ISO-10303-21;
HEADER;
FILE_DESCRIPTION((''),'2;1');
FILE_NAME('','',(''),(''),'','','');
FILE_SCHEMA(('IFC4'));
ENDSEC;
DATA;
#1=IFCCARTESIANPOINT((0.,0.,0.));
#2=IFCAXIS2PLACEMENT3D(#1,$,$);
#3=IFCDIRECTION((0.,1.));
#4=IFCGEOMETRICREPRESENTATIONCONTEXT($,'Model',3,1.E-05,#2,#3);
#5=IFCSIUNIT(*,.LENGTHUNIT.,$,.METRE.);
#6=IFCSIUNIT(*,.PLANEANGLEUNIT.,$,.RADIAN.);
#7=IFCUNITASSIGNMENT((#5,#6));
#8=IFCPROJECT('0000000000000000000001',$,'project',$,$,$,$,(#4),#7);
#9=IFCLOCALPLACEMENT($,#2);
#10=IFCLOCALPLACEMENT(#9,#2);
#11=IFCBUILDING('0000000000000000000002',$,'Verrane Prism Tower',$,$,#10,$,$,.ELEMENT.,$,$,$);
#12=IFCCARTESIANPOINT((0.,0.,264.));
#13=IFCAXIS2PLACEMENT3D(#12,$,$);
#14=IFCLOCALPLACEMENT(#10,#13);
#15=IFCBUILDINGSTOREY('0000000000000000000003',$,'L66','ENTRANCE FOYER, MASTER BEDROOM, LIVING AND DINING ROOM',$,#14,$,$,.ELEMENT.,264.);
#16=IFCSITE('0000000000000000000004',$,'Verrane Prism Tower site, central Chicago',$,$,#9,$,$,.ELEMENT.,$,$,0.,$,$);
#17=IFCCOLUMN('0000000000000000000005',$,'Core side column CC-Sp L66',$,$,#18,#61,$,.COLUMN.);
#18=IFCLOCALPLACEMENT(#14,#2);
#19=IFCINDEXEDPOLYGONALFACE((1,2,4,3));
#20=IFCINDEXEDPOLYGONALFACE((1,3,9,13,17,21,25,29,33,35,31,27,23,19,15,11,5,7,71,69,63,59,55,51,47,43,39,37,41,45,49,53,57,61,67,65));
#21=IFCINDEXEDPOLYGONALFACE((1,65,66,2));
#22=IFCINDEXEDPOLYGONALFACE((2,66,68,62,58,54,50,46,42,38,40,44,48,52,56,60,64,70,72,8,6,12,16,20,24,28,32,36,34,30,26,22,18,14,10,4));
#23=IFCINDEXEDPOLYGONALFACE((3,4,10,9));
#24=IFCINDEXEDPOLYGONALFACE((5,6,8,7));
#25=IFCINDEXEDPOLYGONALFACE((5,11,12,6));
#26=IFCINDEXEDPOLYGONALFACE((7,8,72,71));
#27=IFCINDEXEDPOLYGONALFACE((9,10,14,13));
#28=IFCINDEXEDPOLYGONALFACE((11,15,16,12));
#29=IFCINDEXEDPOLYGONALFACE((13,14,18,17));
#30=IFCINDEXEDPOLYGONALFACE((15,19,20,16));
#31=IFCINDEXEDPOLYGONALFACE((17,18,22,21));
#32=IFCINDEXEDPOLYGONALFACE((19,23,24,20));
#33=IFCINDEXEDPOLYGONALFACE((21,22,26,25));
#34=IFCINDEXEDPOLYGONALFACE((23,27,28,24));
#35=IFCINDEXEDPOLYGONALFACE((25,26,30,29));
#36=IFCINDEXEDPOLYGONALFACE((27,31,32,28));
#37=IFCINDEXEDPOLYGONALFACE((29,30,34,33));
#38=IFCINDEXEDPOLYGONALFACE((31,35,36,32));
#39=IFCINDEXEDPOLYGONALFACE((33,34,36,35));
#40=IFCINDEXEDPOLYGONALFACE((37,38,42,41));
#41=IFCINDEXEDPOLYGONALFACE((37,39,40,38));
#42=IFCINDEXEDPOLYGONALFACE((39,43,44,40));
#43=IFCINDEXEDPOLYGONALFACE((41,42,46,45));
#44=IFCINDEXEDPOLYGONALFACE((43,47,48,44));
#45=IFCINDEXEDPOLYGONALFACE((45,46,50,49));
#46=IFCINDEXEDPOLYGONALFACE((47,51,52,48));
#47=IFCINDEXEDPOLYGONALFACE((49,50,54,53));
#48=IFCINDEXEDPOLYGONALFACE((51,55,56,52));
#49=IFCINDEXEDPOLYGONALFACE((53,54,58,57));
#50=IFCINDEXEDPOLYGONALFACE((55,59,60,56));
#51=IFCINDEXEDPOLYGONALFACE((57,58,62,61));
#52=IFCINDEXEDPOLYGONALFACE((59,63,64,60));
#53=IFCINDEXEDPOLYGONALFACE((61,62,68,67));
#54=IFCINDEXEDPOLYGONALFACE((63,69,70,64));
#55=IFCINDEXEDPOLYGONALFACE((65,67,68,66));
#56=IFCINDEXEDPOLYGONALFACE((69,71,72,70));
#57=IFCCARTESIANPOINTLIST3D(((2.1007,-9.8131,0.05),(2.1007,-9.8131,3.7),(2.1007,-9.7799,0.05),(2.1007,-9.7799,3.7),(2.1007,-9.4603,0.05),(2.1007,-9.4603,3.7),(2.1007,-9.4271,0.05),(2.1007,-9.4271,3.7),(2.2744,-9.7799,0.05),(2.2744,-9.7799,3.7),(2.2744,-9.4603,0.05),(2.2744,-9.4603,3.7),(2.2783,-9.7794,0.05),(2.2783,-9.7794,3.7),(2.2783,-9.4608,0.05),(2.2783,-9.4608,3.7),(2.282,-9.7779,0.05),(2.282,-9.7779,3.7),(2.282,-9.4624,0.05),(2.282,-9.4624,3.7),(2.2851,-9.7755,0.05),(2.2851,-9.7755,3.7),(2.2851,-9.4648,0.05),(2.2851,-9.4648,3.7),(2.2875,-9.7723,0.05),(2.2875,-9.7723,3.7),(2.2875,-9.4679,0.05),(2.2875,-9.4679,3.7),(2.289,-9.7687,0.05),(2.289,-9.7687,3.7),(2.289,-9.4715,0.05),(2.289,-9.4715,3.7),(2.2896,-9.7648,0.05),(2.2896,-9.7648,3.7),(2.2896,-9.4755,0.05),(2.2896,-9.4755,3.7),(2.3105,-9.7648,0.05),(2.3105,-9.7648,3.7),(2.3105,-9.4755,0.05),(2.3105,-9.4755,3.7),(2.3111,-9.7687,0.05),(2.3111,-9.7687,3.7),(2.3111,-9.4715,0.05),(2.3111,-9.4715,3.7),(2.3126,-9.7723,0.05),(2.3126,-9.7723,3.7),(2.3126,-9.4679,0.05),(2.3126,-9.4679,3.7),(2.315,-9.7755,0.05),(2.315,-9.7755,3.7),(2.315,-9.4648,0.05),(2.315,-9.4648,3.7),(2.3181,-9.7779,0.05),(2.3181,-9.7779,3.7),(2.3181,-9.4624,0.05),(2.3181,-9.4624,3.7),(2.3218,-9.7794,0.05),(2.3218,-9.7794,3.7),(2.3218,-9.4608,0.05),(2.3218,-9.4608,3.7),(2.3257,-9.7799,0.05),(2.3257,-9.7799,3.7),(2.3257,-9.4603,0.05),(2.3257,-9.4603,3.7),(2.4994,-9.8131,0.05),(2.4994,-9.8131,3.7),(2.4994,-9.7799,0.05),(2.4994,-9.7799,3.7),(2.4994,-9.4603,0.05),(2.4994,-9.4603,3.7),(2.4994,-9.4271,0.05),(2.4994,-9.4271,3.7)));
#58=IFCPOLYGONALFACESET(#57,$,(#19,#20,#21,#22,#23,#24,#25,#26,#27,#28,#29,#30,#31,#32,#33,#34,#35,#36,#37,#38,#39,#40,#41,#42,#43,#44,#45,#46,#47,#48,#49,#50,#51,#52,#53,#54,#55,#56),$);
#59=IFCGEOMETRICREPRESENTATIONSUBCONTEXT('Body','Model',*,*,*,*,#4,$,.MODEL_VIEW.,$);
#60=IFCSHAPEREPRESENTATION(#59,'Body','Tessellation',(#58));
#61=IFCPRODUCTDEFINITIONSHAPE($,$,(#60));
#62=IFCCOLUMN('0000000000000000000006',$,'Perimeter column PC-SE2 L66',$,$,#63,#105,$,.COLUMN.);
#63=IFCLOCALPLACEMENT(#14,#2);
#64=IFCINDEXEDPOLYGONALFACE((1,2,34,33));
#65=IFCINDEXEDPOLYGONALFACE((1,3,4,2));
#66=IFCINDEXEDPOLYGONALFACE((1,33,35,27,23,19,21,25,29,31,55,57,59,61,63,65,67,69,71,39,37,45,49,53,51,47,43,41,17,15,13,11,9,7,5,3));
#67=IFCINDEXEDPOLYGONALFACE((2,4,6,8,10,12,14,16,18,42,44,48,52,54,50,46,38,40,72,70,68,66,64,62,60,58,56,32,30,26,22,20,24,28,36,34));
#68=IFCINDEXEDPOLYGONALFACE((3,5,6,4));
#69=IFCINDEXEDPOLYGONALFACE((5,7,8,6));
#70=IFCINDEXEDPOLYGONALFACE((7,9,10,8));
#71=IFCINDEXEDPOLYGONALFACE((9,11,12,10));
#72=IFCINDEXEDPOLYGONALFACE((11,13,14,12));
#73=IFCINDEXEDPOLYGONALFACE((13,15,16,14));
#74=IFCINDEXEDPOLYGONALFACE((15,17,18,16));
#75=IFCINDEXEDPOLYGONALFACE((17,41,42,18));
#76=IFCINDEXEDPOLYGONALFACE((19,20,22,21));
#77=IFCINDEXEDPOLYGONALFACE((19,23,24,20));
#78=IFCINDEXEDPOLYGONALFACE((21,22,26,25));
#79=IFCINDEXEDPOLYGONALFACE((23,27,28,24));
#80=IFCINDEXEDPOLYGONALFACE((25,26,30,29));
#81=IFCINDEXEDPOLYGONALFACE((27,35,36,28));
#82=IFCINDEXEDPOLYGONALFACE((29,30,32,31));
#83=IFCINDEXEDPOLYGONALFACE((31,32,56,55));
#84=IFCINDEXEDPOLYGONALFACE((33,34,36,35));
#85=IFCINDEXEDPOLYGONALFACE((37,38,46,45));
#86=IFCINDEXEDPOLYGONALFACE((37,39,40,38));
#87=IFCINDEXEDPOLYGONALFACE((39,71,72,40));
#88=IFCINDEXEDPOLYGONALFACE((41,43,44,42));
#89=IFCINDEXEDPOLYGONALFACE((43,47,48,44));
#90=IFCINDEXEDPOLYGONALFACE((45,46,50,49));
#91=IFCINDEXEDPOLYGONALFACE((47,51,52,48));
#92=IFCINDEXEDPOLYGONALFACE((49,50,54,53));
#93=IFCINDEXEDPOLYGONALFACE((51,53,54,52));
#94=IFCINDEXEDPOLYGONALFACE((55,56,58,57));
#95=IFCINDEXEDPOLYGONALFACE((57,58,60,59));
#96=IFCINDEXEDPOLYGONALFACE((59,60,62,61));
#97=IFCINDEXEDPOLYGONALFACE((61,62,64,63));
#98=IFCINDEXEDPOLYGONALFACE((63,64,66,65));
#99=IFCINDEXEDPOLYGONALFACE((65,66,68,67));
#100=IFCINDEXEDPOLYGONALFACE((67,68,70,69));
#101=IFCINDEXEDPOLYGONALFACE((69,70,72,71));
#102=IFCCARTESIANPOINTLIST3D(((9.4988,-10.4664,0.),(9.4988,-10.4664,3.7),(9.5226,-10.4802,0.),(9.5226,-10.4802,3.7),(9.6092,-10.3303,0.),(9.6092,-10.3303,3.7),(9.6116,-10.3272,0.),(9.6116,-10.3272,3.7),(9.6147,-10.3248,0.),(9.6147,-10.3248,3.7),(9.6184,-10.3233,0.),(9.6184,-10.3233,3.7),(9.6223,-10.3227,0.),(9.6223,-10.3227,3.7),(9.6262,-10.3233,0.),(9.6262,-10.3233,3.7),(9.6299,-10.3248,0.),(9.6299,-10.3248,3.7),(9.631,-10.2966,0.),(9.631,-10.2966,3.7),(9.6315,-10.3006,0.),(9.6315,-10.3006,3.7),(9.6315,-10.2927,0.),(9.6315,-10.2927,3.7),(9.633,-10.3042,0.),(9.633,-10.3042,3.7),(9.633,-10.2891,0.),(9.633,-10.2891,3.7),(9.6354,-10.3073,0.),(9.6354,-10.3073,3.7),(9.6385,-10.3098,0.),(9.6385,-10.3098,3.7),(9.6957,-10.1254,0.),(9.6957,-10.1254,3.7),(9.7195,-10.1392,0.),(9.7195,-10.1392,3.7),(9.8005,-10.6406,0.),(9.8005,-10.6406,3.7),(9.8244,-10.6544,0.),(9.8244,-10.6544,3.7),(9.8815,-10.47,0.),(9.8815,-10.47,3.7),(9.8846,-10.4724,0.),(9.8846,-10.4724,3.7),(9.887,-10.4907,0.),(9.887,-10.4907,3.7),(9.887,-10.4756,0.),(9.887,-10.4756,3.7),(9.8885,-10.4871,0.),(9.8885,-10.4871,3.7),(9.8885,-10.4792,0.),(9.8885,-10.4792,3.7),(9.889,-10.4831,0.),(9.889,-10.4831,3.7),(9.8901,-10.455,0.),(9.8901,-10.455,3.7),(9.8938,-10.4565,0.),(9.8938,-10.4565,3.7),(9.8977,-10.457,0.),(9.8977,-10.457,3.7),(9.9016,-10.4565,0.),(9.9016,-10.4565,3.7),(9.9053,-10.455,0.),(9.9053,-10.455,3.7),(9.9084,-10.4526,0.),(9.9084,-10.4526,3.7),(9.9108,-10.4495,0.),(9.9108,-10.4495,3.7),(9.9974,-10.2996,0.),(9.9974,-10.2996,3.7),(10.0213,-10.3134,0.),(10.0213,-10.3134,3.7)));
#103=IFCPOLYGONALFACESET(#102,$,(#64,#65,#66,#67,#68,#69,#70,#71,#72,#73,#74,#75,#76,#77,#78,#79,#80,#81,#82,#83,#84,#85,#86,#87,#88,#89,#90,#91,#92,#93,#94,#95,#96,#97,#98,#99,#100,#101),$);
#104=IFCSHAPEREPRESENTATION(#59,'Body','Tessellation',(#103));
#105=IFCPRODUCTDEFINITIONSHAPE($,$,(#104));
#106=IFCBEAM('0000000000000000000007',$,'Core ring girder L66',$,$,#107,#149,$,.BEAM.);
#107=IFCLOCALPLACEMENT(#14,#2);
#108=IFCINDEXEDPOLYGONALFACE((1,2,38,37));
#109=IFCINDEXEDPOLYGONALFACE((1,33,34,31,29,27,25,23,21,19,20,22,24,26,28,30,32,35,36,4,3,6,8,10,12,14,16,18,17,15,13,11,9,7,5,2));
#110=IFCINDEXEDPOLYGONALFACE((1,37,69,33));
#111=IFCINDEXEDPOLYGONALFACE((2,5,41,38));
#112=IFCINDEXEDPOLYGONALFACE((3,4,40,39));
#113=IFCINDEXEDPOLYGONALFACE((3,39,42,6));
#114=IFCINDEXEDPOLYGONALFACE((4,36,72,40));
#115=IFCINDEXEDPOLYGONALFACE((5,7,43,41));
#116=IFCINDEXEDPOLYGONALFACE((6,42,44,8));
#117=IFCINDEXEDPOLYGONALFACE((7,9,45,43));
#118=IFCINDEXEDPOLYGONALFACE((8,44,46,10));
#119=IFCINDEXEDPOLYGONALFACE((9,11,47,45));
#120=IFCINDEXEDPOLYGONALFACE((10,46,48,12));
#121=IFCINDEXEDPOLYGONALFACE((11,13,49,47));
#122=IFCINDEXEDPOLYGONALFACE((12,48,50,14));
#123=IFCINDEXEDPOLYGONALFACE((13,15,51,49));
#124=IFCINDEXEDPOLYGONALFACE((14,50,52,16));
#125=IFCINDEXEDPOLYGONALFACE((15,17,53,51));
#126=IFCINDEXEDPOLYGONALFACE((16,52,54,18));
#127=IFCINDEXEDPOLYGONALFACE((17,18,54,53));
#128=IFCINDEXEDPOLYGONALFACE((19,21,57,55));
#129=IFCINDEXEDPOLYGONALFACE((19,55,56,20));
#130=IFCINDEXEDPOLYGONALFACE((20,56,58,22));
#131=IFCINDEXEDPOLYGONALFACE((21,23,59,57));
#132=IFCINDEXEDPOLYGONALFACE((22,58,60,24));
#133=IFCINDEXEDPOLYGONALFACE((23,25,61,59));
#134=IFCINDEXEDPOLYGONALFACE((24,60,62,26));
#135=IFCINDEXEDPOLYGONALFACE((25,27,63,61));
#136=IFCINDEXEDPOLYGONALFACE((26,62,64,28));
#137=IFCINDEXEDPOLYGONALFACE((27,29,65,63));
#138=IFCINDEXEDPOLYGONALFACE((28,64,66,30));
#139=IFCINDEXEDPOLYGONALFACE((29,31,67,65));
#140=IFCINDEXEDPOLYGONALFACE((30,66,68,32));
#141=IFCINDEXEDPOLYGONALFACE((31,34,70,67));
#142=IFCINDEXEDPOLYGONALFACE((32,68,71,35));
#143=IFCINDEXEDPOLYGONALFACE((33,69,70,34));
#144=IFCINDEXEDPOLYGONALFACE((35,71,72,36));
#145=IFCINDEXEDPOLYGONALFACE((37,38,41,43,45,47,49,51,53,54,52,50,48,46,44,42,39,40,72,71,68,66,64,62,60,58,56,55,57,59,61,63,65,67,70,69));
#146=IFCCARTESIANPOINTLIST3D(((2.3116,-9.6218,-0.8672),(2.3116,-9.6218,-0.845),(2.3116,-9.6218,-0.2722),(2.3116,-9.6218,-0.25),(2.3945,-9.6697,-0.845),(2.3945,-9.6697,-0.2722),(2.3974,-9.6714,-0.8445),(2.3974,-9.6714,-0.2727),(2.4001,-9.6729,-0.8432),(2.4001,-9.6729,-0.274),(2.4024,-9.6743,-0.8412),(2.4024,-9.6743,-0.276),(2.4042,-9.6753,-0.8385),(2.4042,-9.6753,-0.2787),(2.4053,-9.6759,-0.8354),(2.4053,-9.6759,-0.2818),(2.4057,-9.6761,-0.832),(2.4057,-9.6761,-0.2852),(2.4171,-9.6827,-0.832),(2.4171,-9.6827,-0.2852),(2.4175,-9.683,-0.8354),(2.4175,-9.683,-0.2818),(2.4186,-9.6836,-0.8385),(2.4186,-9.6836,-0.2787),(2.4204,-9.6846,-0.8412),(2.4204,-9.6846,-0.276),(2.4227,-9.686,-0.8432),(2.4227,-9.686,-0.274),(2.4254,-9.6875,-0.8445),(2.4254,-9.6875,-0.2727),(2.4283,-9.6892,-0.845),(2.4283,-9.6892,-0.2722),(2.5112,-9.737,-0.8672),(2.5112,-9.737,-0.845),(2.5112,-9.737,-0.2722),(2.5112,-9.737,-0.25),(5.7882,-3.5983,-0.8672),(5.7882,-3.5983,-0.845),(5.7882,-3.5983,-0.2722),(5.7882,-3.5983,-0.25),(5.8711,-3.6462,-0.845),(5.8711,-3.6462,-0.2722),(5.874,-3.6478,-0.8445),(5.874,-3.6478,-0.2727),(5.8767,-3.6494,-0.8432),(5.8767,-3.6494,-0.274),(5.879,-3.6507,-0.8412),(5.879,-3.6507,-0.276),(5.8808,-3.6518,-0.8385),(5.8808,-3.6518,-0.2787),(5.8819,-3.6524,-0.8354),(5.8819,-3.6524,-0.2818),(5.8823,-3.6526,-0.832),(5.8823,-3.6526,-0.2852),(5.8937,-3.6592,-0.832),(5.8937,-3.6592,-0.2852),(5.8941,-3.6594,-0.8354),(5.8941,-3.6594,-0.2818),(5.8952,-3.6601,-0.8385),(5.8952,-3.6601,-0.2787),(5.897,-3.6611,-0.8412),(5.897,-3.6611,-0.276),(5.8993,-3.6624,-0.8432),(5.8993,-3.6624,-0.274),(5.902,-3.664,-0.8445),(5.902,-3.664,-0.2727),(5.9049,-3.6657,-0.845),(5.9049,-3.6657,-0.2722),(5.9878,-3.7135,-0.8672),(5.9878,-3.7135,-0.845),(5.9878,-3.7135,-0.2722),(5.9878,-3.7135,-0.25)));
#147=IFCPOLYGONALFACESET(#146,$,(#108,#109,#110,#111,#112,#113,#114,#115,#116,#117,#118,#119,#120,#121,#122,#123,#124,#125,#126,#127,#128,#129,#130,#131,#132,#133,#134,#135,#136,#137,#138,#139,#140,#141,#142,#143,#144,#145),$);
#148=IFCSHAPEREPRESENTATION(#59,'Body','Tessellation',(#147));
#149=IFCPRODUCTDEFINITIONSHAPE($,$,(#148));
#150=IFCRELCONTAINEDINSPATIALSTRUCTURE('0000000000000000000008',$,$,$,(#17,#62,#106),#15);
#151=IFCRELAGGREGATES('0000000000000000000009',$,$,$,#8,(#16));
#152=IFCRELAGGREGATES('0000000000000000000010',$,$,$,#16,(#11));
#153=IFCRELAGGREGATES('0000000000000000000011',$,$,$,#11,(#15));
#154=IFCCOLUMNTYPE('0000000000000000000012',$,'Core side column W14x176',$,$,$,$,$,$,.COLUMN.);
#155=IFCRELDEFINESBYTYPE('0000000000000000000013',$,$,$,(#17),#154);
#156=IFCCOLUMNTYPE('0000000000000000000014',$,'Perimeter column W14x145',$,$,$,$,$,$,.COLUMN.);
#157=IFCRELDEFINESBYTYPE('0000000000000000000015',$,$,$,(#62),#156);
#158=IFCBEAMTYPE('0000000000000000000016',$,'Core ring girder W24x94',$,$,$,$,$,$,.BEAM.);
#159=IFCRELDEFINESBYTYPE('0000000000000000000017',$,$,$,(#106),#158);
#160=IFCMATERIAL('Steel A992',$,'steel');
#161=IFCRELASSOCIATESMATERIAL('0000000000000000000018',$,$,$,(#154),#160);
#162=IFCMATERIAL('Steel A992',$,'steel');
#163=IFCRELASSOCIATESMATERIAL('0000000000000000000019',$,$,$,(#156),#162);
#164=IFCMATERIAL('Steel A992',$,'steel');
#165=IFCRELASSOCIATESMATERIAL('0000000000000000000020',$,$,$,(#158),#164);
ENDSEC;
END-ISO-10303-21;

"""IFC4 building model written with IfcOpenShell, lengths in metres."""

from ifc_helpers import new_model, si_unit, direction, frame, origin, origin_2d, place, context, subcontext, project, spatial, i_section, extrude, material, material_profile, profile_set, type_object, element, save


model = new_model("IFC4")

# Units and contexts
model_context = context("Model", 3, precision=1e-05, world=origin(), true_north=direction((0.0, 1.0)))
body_context = subcontext(model_context, "Body", "Model", "MODEL_VIEW")
ifc_project = project(units=[si_unit("LENGTHUNIT", "METRE"), si_unit("PLANEANGLEUNIT", "RADIAN")], contexts=[model_context])

# Site, building, storey
site_placement = place(None, origin())
site = spatial("IfcSite", under=ifc_project, at=site_placement, Name="Verrane Prism Tower site, central Chicago", CompositionType="ELEMENT", RefElevation=0.0)
building_placement = place(site_placement, origin())
building = spatial("IfcBuilding", under=site, at=building_placement, Name="Verrane Prism Tower", CompositionType="ELEMENT")
storey_placement = place(building_placement, frame((0.0, 0.0, 264.0)))
storey = spatial("IfcBuildingStorey", under=building, at=storey_placement, Name="L66", Description="ENTRANCE FOYER, MASTER BEDROOM, LIVING AND DINING ROOM", CompositionType="ELEMENT", Elevation=264.0)

# Columns
ifc_material_1 = material(Name="Steel A992", Category="steel")
ifc_material_profile_1 = material_profile(ifc_material_1, i_section(OverallWidth=0.3987, OverallDepth=0.386, WebThickness=0.021, FlangeThickness=0.0332, FilletRadius=0.0151, at=origin_2d()), Name="W14x176")
ifc_profile_set_1 = profile_set([ifc_material_profile_1], Name="Steel A992")
column_type_1 = type_object("IfcColumnType", Name="Core side column W14x176", PredefinedType="COLUMN", material=ifc_profile_set_1)
column_1_placement = place(storey_placement, frame((2.3, -9.6201, 0.05), z_axis=(0.0, 0.0, 1.0), x_axis=(1.0, 0.0, 0.0)))
element("IfcColumn", 1, at=column_1_placement, inside=storey, type_object=column_type_1, Name="Core side column CC-Sp L66", PredefinedType="COLUMN", context=body_context, shape_type="SweptSolid", body=[
    extrude(i_section(OverallWidth=0.3987, OverallDepth=0.386, WebThickness=0.021, FlangeThickness=0.0332, FilletRadius=0.0151, at=origin_2d()), origin(), (0.0, 0.0, 1.0), 3.6499),
])
ifc_material_2 = material(Name="Steel A992", Category="steel")
ifc_material_profile_2 = material_profile(ifc_material_2, i_section(OverallWidth=0.3938, OverallDepth=0.376, WebThickness=0.0173, FlangeThickness=0.0276, FilletRadius=0.0151, at=origin_2d()), Name="W14x145")
ifc_profile_set_2 = profile_set([ifc_material_profile_2], Name="Steel A992")
column_type_2 = type_object("IfcColumnType", Name="Perimeter column W14x145", PredefinedType="COLUMN", material=ifc_profile_set_2)
column_2_placement = place(storey_placement, frame((9.76, -10.3899, 0.0), z_axis=(0.0, 0.0, 1.0), x_axis=(-0.5, -0.866025, 0.0)))
element("IfcColumn", 2, at=column_2_placement, inside=storey, type_object=column_type_2, Name="Perimeter column PC-SE2 L66", PredefinedType="COLUMN", context=body_context, shape_type="SweptSolid", body=[
    extrude(i_section(OverallWidth=0.3938, OverallDepth=0.376, WebThickness=0.0173, FlangeThickness=0.0276, FilletRadius=0.0151, at=origin_2d()), origin(), (0.0, 0.0, 1.0), 3.7),
])

# Beam
ifc_material_3 = material(Name="Steel A992", Category="steel")
ifc_material_profile_3 = material_profile(ifc_material_3, i_section(OverallWidth=0.2305, OverallDepth=0.6172, WebThickness=0.0132, FlangeThickness=0.0222, FilletRadius=0.0129, at=origin_2d()), Name="W24x94")
ifc_profile_set_3 = profile_set([ifc_material_profile_3], Name="Steel A992")
beam_type_1 = type_object("IfcBeamType", Name="Core ring girder W24x94", PredefinedType="BEAM", material=ifc_profile_set_3)
beam_1_placement = place(storey_placement, frame((2.4114, -9.6794, -0.5586), z_axis=(0.499885, 0.866092, 0.0), x_axis=(-0.866092, 0.499885, 0.0)))
element("IfcBeam", 3, at=beam_1_placement, inside=storey, type_object=beam_type_1, Name="Core ring girder L66", PredefinedType="BEAM", context=body_context, shape_type="SweptSolid", body=[
    extrude(i_section(OverallWidth=0.2305, OverallDepth=0.6172, WebThickness=0.0132, FlangeThickness=0.0222, FilletRadius=0.0129, at=origin_2d()), origin(), (0.0, 0.0, 1.0), 6.9548),
])

save(model, "model.ifc")
